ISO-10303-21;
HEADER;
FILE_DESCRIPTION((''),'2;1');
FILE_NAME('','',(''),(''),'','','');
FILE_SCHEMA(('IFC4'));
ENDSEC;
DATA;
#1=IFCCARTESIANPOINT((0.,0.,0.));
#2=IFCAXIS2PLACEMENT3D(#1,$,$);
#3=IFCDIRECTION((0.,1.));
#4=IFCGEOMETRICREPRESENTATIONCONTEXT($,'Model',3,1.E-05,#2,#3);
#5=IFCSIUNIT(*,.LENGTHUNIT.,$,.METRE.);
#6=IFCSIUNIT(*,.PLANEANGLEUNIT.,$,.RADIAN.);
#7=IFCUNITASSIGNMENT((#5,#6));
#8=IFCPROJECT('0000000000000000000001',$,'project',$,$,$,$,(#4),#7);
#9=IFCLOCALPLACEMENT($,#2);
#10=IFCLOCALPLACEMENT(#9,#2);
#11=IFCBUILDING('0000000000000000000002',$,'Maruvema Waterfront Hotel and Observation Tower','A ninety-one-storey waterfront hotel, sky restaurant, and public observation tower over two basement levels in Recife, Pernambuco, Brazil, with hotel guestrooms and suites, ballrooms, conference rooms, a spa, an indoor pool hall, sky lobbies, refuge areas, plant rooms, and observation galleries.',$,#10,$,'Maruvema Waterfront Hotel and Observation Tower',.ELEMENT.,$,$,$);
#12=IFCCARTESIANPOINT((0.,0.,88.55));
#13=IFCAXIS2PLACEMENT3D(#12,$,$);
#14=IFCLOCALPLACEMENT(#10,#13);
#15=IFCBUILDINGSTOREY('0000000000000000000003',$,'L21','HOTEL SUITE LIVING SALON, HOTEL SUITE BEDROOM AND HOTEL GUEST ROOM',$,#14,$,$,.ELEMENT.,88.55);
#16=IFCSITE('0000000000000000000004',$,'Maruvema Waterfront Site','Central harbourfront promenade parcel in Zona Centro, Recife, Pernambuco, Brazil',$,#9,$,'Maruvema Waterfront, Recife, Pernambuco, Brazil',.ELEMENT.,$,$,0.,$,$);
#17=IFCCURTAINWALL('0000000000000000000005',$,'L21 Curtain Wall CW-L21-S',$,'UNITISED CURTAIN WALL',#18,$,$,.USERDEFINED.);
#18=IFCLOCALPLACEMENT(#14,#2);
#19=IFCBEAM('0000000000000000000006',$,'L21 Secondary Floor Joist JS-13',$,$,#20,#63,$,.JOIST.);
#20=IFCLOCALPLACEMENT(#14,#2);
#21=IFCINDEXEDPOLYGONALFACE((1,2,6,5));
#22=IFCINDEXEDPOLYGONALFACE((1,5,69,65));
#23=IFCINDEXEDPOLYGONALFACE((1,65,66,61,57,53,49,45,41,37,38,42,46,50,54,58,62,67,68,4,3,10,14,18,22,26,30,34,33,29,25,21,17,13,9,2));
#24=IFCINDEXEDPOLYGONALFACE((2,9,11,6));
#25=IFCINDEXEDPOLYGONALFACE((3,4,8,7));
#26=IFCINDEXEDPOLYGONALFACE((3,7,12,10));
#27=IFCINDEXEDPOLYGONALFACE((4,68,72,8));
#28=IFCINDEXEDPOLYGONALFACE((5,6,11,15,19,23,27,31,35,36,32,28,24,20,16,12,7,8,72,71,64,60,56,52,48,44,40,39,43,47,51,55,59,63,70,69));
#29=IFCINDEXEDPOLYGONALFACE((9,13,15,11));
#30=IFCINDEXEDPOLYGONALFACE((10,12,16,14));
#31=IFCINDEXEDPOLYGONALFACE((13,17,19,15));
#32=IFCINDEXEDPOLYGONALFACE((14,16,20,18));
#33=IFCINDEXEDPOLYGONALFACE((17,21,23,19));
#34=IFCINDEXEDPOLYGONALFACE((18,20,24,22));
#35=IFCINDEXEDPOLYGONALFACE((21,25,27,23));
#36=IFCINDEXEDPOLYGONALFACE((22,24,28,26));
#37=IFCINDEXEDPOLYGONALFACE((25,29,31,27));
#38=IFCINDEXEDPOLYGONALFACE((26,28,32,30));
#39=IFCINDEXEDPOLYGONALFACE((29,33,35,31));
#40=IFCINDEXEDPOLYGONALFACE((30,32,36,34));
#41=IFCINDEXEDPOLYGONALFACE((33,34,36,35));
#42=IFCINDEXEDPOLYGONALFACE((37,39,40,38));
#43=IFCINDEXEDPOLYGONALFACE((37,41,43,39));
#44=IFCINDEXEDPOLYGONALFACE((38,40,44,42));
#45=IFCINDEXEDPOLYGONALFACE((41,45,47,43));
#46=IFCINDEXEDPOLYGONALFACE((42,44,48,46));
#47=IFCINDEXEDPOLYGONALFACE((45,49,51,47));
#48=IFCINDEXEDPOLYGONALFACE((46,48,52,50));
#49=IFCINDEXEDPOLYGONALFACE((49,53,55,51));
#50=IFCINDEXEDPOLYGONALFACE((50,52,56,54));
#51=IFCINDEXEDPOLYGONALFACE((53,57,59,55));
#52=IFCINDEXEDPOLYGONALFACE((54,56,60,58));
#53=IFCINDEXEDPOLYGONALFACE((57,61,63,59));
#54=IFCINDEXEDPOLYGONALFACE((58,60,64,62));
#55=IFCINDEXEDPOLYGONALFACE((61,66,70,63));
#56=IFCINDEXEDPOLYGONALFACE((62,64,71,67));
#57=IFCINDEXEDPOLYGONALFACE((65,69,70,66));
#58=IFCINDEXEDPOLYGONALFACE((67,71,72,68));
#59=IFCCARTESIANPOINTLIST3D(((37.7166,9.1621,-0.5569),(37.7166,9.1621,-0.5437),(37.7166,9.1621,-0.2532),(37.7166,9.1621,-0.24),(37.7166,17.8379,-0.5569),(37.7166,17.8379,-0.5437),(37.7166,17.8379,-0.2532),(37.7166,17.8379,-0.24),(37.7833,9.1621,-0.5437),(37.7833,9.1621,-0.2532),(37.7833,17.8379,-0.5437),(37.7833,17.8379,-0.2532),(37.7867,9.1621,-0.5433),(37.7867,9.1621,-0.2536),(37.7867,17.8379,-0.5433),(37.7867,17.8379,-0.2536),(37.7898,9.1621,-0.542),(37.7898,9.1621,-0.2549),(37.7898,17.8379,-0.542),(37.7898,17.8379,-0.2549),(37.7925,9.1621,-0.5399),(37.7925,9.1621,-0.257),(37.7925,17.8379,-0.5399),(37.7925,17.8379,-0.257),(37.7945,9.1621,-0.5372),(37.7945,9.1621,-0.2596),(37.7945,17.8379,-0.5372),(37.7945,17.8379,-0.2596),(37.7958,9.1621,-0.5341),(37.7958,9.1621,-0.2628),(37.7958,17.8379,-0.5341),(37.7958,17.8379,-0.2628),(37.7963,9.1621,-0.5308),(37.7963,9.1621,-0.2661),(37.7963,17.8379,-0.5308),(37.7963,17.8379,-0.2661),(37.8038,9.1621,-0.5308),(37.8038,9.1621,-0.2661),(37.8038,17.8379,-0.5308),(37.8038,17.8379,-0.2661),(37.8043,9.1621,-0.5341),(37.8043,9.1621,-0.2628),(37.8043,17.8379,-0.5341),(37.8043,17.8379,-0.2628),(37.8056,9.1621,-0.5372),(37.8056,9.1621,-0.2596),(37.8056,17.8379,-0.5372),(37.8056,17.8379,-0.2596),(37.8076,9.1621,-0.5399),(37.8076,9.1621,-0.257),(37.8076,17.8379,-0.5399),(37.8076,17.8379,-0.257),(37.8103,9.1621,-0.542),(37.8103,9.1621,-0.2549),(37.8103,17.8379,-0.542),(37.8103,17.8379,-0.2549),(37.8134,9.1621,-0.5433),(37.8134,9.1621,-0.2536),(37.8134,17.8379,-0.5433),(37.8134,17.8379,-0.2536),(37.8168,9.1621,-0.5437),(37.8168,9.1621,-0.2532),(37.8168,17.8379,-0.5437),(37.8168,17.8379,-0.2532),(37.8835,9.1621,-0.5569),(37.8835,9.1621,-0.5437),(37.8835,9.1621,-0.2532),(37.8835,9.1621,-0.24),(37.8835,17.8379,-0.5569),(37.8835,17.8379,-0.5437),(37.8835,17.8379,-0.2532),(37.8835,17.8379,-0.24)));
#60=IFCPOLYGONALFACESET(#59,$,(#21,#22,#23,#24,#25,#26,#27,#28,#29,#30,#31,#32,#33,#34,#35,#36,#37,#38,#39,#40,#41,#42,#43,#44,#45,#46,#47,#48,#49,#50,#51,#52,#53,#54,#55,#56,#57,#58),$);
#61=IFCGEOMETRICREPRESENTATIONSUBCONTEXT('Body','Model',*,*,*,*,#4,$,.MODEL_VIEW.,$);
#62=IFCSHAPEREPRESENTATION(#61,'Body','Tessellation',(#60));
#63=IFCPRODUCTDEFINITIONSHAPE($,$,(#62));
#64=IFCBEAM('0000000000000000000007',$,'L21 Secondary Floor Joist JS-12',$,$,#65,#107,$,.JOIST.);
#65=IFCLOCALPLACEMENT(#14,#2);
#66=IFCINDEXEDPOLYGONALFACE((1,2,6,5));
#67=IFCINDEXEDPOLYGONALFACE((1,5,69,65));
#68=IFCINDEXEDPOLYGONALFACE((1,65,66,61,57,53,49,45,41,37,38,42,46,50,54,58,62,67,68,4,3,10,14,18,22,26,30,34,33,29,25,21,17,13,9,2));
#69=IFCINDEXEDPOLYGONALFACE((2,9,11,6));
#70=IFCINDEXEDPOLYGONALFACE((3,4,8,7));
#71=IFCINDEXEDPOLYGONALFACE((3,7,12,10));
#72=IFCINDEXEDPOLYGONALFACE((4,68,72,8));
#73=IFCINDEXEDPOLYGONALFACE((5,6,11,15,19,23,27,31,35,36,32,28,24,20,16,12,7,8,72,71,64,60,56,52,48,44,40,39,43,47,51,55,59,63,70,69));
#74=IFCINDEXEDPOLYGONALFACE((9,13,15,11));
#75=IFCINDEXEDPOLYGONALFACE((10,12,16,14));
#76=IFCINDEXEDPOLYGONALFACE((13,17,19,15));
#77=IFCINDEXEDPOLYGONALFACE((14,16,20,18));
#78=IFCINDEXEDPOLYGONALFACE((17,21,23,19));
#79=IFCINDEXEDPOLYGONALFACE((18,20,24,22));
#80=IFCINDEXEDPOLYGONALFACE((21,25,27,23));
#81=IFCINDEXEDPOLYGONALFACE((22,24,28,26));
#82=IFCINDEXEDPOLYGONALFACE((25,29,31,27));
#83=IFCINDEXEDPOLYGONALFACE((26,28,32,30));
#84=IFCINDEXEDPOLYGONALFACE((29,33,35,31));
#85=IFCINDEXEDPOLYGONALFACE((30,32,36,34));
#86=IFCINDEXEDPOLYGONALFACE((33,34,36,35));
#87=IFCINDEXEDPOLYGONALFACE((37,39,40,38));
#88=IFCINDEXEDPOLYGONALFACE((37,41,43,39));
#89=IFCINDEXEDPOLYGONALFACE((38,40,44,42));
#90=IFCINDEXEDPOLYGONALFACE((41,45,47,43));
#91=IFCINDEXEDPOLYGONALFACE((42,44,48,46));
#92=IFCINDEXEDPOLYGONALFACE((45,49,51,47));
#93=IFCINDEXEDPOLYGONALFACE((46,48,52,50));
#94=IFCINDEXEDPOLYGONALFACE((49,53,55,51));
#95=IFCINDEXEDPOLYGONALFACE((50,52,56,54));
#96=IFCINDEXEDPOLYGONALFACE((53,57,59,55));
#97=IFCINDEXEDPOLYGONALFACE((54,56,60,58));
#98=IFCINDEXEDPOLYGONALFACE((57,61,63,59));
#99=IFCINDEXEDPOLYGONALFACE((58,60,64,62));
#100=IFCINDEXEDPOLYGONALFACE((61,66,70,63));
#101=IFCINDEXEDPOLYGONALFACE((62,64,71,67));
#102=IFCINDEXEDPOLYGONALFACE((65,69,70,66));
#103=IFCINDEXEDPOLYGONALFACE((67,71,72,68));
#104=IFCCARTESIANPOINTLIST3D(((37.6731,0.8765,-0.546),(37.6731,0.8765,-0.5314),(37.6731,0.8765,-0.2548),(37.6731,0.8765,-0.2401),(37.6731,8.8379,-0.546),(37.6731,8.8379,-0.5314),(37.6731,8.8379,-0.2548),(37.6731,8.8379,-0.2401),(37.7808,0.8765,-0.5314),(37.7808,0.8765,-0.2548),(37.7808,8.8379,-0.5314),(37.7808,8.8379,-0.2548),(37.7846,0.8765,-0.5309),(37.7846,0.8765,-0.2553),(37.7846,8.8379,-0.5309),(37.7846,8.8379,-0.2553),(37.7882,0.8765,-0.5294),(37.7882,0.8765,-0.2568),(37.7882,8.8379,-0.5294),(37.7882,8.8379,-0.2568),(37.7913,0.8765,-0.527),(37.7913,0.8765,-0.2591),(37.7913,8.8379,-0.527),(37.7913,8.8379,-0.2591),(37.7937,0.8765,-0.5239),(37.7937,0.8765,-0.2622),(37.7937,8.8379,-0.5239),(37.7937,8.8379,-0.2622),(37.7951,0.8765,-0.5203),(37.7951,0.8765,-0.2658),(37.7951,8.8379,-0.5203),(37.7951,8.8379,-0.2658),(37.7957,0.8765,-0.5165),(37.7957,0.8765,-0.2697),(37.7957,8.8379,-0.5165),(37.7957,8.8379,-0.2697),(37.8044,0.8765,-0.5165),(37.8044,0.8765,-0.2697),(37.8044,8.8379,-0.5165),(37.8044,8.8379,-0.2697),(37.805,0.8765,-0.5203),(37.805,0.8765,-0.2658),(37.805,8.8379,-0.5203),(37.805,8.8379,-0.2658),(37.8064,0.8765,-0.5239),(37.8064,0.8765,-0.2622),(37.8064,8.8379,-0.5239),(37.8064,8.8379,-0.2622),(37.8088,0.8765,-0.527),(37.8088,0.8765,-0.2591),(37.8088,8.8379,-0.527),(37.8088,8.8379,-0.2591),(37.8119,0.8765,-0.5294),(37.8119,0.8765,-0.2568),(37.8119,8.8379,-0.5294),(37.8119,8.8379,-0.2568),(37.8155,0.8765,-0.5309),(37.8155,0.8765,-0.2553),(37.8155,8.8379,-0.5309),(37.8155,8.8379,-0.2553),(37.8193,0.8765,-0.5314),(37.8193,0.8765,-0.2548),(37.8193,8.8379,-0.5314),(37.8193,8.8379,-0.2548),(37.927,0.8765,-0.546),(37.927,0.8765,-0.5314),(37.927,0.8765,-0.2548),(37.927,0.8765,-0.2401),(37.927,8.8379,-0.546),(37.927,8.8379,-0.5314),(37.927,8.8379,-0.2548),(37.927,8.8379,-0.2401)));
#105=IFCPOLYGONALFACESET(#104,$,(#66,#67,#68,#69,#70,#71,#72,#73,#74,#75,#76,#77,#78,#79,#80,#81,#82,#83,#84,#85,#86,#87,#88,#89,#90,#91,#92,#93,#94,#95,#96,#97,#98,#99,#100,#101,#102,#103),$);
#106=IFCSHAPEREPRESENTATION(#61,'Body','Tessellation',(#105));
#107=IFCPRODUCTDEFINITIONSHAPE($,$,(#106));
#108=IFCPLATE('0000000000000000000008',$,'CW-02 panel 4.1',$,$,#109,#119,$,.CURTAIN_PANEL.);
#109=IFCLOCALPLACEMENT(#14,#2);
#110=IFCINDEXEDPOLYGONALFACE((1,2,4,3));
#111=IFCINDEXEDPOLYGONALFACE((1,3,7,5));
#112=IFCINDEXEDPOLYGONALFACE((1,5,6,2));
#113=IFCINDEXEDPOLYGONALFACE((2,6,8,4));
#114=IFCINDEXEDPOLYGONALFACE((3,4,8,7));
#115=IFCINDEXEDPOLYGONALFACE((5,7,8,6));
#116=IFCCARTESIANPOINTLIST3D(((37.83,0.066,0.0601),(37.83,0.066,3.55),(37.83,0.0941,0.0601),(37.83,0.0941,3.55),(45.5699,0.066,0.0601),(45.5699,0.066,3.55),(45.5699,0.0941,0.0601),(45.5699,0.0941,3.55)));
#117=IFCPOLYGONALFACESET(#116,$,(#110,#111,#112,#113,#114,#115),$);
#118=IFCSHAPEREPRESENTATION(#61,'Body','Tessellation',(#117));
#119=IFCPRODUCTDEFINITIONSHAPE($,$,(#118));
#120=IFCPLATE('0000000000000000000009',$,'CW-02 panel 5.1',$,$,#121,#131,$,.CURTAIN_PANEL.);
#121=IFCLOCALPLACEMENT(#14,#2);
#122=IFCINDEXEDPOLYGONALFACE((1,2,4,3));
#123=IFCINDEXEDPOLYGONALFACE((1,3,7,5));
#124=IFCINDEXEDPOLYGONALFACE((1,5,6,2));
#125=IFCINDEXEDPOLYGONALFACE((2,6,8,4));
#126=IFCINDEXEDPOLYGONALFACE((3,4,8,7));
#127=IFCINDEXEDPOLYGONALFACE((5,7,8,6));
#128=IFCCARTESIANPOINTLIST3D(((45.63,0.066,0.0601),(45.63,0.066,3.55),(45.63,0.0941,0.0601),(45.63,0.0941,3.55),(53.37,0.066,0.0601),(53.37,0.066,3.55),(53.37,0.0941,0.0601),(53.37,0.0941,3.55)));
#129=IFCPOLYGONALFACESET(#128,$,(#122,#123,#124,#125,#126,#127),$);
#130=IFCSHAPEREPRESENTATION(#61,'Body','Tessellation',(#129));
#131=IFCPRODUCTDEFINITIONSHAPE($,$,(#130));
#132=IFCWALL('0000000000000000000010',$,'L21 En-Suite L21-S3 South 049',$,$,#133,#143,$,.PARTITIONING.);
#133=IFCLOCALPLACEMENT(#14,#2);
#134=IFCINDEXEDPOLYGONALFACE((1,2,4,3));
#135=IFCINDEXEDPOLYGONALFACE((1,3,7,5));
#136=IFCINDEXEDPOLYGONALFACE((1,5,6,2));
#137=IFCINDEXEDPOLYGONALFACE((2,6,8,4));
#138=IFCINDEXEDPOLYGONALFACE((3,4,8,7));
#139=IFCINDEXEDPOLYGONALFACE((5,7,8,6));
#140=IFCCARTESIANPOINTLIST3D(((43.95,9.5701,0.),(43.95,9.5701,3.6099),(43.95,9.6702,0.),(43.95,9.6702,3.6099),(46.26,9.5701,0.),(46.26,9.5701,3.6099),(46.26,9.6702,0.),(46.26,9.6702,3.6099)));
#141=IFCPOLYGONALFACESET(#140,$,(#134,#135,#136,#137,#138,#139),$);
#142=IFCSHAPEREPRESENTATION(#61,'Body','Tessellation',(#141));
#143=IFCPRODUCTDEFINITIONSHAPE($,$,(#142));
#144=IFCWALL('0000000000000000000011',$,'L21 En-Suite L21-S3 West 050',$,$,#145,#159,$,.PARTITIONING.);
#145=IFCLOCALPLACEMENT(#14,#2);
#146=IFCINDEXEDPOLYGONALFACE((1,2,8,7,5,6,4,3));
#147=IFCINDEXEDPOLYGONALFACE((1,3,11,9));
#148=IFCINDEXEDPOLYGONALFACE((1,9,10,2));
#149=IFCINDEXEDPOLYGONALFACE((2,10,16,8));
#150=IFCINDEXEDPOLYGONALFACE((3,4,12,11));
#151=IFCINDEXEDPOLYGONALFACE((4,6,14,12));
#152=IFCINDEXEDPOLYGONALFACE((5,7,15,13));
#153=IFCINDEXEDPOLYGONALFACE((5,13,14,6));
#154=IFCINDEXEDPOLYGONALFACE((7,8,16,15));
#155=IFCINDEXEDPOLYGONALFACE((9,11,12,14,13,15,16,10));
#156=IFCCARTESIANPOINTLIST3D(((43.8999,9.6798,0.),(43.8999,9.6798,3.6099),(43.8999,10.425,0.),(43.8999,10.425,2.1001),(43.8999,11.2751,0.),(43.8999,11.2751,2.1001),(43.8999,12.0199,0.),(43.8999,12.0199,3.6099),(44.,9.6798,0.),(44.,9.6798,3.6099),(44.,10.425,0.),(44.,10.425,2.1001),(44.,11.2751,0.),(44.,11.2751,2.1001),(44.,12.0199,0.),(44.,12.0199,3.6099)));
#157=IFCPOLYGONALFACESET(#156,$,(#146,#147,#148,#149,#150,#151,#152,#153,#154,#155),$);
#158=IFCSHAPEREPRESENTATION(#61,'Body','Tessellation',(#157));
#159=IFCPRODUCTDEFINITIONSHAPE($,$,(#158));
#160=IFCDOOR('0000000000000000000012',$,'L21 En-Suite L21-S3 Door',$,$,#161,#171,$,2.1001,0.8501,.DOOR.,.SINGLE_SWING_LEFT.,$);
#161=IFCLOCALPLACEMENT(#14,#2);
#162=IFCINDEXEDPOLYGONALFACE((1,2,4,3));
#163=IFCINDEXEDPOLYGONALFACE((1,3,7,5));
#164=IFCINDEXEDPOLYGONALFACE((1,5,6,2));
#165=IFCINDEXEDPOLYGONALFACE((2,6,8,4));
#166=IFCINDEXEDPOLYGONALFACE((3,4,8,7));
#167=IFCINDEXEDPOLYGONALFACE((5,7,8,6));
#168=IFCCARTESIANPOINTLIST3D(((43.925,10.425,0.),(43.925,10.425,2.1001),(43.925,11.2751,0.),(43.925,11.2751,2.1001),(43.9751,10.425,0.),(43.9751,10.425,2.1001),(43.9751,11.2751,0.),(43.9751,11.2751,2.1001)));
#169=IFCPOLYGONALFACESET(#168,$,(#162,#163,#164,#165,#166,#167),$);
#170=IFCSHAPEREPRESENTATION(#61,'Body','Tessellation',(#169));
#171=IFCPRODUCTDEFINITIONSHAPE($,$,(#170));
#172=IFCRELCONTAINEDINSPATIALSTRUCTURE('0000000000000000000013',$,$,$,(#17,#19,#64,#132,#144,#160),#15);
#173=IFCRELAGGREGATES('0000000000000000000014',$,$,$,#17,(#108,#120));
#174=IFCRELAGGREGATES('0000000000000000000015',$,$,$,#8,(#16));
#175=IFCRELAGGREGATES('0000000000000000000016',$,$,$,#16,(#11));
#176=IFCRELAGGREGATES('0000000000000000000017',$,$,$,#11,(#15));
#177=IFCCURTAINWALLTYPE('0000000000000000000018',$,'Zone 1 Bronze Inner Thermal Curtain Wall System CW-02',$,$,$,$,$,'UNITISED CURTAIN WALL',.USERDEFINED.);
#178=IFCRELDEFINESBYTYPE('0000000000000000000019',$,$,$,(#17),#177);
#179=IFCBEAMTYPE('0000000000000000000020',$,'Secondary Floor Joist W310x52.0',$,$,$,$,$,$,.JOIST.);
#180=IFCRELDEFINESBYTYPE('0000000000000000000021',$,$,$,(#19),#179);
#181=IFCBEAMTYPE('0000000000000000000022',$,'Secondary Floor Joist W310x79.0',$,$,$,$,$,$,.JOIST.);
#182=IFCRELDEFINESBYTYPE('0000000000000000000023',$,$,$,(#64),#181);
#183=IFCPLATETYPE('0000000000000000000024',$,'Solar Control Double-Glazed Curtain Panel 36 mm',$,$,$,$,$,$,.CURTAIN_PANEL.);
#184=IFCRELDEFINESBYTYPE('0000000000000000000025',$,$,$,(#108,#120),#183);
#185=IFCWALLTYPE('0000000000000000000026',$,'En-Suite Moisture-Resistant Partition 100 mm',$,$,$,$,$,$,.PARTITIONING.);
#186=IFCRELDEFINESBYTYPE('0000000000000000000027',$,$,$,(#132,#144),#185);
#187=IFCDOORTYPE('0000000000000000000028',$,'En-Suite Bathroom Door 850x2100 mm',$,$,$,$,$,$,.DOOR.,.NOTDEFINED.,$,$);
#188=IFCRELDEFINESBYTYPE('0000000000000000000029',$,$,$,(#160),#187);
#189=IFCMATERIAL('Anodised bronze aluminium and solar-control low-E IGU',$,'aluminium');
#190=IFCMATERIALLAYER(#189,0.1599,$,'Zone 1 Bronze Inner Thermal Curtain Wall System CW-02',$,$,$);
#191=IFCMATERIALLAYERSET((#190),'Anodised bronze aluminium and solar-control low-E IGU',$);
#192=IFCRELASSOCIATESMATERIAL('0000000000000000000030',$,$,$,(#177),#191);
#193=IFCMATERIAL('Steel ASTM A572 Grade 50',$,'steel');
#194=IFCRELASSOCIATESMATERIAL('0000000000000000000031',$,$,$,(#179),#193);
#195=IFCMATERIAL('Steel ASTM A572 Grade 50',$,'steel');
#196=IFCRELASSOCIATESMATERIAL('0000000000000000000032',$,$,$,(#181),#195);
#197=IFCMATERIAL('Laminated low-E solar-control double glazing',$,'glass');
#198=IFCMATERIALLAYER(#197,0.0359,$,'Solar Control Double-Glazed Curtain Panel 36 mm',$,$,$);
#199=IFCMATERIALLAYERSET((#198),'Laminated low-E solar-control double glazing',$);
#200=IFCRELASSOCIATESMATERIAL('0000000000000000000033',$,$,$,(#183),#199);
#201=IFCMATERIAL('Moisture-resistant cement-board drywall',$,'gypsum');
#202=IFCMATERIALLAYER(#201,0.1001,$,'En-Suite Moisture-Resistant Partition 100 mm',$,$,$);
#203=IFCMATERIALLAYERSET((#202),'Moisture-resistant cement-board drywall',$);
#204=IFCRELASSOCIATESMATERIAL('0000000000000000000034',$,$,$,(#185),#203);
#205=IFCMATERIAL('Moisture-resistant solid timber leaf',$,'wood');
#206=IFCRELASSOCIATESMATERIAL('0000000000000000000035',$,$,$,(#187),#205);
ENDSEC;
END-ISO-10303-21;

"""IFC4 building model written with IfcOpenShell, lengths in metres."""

from ifc_helpers import new_model, si_unit, direction, frame, frame_2d, origin, origin_2d, place, context, subcontext, project, spatial, rectangle, i_section, extrude, material, layer, layer_set, material_profile, profile_set, type_object, element, fill, aggregate, save


model = new_model("IFC4")

# Units and contexts
model_context = context("Model", 3, precision=1e-05, world=origin(), true_north=direction((0.0, 1.0)))
body_context = subcontext(model_context, "Body", "Model", "MODEL_VIEW")
ifc_project = project(units=[si_unit("LENGTHUNIT", "METRE"), si_unit("PLANEANGLEUNIT", "RADIAN")], contexts=[model_context])

# Site, building, storey
site_placement = place(None, origin())
site = spatial("IfcSite", under=ifc_project, at=site_placement, Name="Maruvema Waterfront Site", Description="Central harbourfront promenade parcel in Zona Centro, Recife, Pernambuco, Brazil", LongName="Maruvema Waterfront, Recife, Pernambuco, Brazil", CompositionType="ELEMENT", RefElevation=0.0)
building_placement = place(site_placement, origin())
building = spatial("IfcBuilding", under=site, at=building_placement, Name="Maruvema Waterfront Hotel and Observation Tower", Description="A ninety-one-storey waterfront hotel, sky restaurant, and public observation tower over two basement levels in Recife, Pernambuco, Brazil, with hotel guestrooms and suites, ballrooms, conference rooms, a spa, an indoor pool hall, sky lobbies, refuge areas, plant rooms, and observation galleries.", LongName="Maruvema Waterfront Hotel and Observation Tower", CompositionType="ELEMENT")
storey_placement = place(building_placement, frame((0.0, 0.0, 88.55)))
storey = spatial("IfcBuildingStorey", under=building, at=storey_placement, Name="L21", Description="HOTEL SUITE LIVING SALON, HOTEL SUITE BEDROOM AND HOTEL GUEST ROOM", CompositionType="ELEMENT", Elevation=88.55)

# Curtain wall
ifc_material_1 = material(Name="Anodised bronze aluminium and solar-control low-E IGU", Category="aluminium")
ifc_layer_1 = layer(ifc_material_1, 0.1599, Name="Zone 1 Bronze Inner Thermal Curtain Wall System CW-02")
ifc_layer_set_1 = layer_set([ifc_layer_1], Name="Anodised bronze aluminium and solar-control low-E IGU")
curtain_wall_type = type_object("IfcCurtainWallType", Name="Zone 1 Bronze Inner Thermal Curtain Wall System CW-02", ElementType="UNITISED CURTAIN WALL", PredefinedType="USERDEFINED", material=ifc_layer_set_1)
curtain_wall_placement = place(storey_placement, origin())
curtain_wall = element("IfcCurtainWall", 1, at=curtain_wall_placement, inside=storey, type_object=curtain_wall_type, Name="L21 Curtain Wall CW-L21-S", ObjectType="UNITISED CURTAIN WALL", PredefinedType="USERDEFINED")

# Beams
ifc_material_2 = material(Name="Steel ASTM A572 Grade 50", Category="steel")
ifc_material_profile_1 = material_profile(ifc_material_2, i_section(OverallWidth=0.167, OverallDepth=0.3169, WebThickness=0.0076, FlangeThickness=0.0132, FilletRadius=0.0129, at=origin_2d()), Name="W310x52.0")
ifc_profile_set_1 = profile_set([ifc_material_profile_1], Name="Steel ASTM A572 Grade 50")
beam_type_1 = type_object("IfcBeamType", Name="Secondary Floor Joist W310x52.0", PredefinedType="JOIST", material=ifc_profile_set_1)
beam_1_placement = place(storey_placement, frame((37.8, 9.1621, -0.3984), z_axis=(0.0, 1.0, 0.0), x_axis=(-1.0, 0.0, 0.0)))
element("IfcBeam", 2, at=beam_1_placement, inside=storey, type_object=beam_type_1, Name="L21 Secondary Floor Joist JS-13", PredefinedType="JOIST", context=body_context, shape_type="SweptSolid", body=[
    extrude(i_section(OverallWidth=0.167, OverallDepth=0.3169, WebThickness=0.0076, FlangeThickness=0.0132, FilletRadius=0.0129, at=origin_2d()), origin(), (0.0, 0.0, 1.0), 8.6758),
])
ifc_material_3 = material(Name="Steel ASTM A572 Grade 50", Category="steel")
ifc_material_profile_2 = material_profile(ifc_material_3, i_section(OverallWidth=0.2539, OverallDepth=0.3059, WebThickness=0.0088, FlangeThickness=0.0146, FilletRadius=0.0149, at=origin_2d()), Name="W310x79.0")
ifc_profile_set_2 = profile_set([ifc_material_profile_2], Name="Steel ASTM A572 Grade 50")
beam_type_2 = type_object("IfcBeamType", Name="Secondary Floor Joist W310x79.0", PredefinedType="JOIST", material=ifc_profile_set_2)
beam_2_placement = place(storey_placement, frame((37.8, 0.8765, -0.3931), z_axis=(0.0, 1.0, 0.0), x_axis=(-1.0, 0.0, 0.0)))
element("IfcBeam", 3, at=beam_2_placement, inside=storey, type_object=beam_type_2, Name="L21 Secondary Floor Joist JS-12", PredefinedType="JOIST", context=body_context, shape_type="SweptSolid", body=[
    extrude(i_section(OverallWidth=0.2539, OverallDepth=0.3059, WebThickness=0.0088, FlangeThickness=0.0146, FilletRadius=0.0149, at=origin_2d()), origin(), (0.0, 0.0, 1.0), 7.9614),
])

# Plates
ifc_material_4 = material(Name="Laminated low-E solar-control double glazing", Category="glass")
ifc_layer_2 = layer(ifc_material_4, 0.0359, Name="Solar Control Double-Glazed Curtain Panel 36 mm")
ifc_layer_set_2 = layer_set([ifc_layer_2], Name="Laminated low-E solar-control double glazing")
plate_type = type_object("IfcPlateType", Name="Solar Control Double-Glazed Curtain Panel 36 mm", PredefinedType="CURTAIN_PANEL", material=ifc_layer_set_2)
plate_1_placement = place(storey_placement, frame((41.7, 0.0801, 0.0601), z_axis=(0.0, 0.0, 1.0), x_axis=(1.0, 0.0, 0.0)))
plate_1 = element("IfcPlate", 4, at=plate_1_placement, type_object=plate_type, Name="CW-02 panel 4.1", PredefinedType="CURTAIN_PANEL", context=body_context, shape_type="SweptSolid", body=[
    extrude(rectangle(XDim=7.74, YDim=0.0281, at=origin_2d()), origin(), (0.0, 0.0, 1.0), 3.49),
])
plate_2_placement = place(storey_placement, frame((49.5, 0.0801, 0.0601), z_axis=(0.0, 0.0, 1.0), x_axis=(1.0, 0.0, 0.0)))
plate_2 = element("IfcPlate", 5, at=plate_2_placement, type_object=plate_type, Name="CW-02 panel 5.1", PredefinedType="CURTAIN_PANEL", context=body_context, shape_type="SweptSolid", body=[
    extrude(rectangle(XDim=7.74, YDim=0.0281, at=origin_2d()), origin(), (0.0, 0.0, 1.0), 3.49),
])
aggregate(curtain_wall, [plate_1, plate_2])

# Wall
ifc_material_5 = material(Name="Moisture-resistant cement-board drywall", Category="gypsum")
ifc_layer_3 = layer(ifc_material_5, 0.1001, Name="En-Suite Moisture-Resistant Partition 100 mm")
ifc_layer_set_3 = layer_set([ifc_layer_3], Name="Moisture-resistant cement-board drywall")
wall_type_1 = type_object("IfcWallType", Name="En-Suite Moisture-Resistant Partition 100 mm", PredefinedType="PARTITIONING", material=ifc_layer_set_3)
wall_1_placement = place(storey_placement, frame((43.95, 9.6201, 0.0), z_axis=(0.0, 0.0, 1.0), x_axis=(1.0, 0.0, 0.0)))
element("IfcWall", 6, at=wall_1_placement, inside=storey, type_object=wall_type_1, Name="L21 En-Suite L21-S3 South 049", PredefinedType="PARTITIONING", context=body_context, shape_type="SweptSolid", body=[
    extrude(rectangle(XDim=2.3101, YDim=0.1001, at=frame_2d((1.155, 0.0))), origin(), (0.0, 0.0, 1.0), 3.6099),
])

# Wall, opening, door
wall_2_placement = place(storey_placement, frame((43.95, 9.6799, 0.0), z_axis=(0.0, 0.0, 1.0), x_axis=(0.0, 1.0, 0.0)))
wall_2 = element("IfcWall", 7, at=wall_2_placement, inside=storey, type_object=wall_type_1, Name="L21 En-Suite L21-S3 West 050", PredefinedType="PARTITIONING", context=body_context, shape_type="SweptSolid", body=[
    extrude(rectangle(XDim=2.3401, YDim=0.1001, at=frame_2d((1.1699, 0.0))), origin(), (0.0, 0.0, 1.0), 3.6099),
])
opening_1_placement = place(wall_2_placement, frame((0.7451, 0.0, 0.0)))
opening_1 = element("IfcOpeningElement", 8, at=opening_1_placement, cuts=wall_2, PredefinedType="OPENING", context=body_context, shape_type="SweptSolid", body=[
    extrude(rectangle(XDim=0.8501, YDim=2.1001, at=frame_2d((0.425, 1.05))), frame((0.0, 0.0601, 0.0), z_axis=(0.0, -1.0, 0.0), x_axis=(1.0, 0.0, 0.0)), (0.0, 0.0, 1.0), 0.1201),
])
ifc_material_6 = material(Name="Moisture-resistant solid timber leaf", Category="wood")
door_type_1 = type_object("IfcDoorType", Name="En-Suite Bathroom Door 850x2100 mm", OperationType="NOTDEFINED", PredefinedType="DOOR", material=ifc_material_6)
door_1_placement = place(opening_1_placement, origin())
door_1 = element("IfcDoor", 9, at=door_1_placement, inside=storey, type_object=door_type_1, Name="L21 En-Suite L21-S3 Door", OperationType="SINGLE_SWING_LEFT", OverallHeight=2.1001, OverallWidth=0.8501, PredefinedType="DOOR", context=body_context, shape_type="SweptSolid", body=[
    extrude(rectangle(XDim=0.8501, YDim=2.1001, at=frame_2d((0.425, 1.05))), frame((0.0, 0.0249, 0.0), z_axis=(0.0, -1.0, 0.0), x_axis=(1.0, 0.0, 0.0)), (0.0, 0.0, 1.0), 0.05),
])
fill(opening_1, door_1)

save(model, "model.ifc")
